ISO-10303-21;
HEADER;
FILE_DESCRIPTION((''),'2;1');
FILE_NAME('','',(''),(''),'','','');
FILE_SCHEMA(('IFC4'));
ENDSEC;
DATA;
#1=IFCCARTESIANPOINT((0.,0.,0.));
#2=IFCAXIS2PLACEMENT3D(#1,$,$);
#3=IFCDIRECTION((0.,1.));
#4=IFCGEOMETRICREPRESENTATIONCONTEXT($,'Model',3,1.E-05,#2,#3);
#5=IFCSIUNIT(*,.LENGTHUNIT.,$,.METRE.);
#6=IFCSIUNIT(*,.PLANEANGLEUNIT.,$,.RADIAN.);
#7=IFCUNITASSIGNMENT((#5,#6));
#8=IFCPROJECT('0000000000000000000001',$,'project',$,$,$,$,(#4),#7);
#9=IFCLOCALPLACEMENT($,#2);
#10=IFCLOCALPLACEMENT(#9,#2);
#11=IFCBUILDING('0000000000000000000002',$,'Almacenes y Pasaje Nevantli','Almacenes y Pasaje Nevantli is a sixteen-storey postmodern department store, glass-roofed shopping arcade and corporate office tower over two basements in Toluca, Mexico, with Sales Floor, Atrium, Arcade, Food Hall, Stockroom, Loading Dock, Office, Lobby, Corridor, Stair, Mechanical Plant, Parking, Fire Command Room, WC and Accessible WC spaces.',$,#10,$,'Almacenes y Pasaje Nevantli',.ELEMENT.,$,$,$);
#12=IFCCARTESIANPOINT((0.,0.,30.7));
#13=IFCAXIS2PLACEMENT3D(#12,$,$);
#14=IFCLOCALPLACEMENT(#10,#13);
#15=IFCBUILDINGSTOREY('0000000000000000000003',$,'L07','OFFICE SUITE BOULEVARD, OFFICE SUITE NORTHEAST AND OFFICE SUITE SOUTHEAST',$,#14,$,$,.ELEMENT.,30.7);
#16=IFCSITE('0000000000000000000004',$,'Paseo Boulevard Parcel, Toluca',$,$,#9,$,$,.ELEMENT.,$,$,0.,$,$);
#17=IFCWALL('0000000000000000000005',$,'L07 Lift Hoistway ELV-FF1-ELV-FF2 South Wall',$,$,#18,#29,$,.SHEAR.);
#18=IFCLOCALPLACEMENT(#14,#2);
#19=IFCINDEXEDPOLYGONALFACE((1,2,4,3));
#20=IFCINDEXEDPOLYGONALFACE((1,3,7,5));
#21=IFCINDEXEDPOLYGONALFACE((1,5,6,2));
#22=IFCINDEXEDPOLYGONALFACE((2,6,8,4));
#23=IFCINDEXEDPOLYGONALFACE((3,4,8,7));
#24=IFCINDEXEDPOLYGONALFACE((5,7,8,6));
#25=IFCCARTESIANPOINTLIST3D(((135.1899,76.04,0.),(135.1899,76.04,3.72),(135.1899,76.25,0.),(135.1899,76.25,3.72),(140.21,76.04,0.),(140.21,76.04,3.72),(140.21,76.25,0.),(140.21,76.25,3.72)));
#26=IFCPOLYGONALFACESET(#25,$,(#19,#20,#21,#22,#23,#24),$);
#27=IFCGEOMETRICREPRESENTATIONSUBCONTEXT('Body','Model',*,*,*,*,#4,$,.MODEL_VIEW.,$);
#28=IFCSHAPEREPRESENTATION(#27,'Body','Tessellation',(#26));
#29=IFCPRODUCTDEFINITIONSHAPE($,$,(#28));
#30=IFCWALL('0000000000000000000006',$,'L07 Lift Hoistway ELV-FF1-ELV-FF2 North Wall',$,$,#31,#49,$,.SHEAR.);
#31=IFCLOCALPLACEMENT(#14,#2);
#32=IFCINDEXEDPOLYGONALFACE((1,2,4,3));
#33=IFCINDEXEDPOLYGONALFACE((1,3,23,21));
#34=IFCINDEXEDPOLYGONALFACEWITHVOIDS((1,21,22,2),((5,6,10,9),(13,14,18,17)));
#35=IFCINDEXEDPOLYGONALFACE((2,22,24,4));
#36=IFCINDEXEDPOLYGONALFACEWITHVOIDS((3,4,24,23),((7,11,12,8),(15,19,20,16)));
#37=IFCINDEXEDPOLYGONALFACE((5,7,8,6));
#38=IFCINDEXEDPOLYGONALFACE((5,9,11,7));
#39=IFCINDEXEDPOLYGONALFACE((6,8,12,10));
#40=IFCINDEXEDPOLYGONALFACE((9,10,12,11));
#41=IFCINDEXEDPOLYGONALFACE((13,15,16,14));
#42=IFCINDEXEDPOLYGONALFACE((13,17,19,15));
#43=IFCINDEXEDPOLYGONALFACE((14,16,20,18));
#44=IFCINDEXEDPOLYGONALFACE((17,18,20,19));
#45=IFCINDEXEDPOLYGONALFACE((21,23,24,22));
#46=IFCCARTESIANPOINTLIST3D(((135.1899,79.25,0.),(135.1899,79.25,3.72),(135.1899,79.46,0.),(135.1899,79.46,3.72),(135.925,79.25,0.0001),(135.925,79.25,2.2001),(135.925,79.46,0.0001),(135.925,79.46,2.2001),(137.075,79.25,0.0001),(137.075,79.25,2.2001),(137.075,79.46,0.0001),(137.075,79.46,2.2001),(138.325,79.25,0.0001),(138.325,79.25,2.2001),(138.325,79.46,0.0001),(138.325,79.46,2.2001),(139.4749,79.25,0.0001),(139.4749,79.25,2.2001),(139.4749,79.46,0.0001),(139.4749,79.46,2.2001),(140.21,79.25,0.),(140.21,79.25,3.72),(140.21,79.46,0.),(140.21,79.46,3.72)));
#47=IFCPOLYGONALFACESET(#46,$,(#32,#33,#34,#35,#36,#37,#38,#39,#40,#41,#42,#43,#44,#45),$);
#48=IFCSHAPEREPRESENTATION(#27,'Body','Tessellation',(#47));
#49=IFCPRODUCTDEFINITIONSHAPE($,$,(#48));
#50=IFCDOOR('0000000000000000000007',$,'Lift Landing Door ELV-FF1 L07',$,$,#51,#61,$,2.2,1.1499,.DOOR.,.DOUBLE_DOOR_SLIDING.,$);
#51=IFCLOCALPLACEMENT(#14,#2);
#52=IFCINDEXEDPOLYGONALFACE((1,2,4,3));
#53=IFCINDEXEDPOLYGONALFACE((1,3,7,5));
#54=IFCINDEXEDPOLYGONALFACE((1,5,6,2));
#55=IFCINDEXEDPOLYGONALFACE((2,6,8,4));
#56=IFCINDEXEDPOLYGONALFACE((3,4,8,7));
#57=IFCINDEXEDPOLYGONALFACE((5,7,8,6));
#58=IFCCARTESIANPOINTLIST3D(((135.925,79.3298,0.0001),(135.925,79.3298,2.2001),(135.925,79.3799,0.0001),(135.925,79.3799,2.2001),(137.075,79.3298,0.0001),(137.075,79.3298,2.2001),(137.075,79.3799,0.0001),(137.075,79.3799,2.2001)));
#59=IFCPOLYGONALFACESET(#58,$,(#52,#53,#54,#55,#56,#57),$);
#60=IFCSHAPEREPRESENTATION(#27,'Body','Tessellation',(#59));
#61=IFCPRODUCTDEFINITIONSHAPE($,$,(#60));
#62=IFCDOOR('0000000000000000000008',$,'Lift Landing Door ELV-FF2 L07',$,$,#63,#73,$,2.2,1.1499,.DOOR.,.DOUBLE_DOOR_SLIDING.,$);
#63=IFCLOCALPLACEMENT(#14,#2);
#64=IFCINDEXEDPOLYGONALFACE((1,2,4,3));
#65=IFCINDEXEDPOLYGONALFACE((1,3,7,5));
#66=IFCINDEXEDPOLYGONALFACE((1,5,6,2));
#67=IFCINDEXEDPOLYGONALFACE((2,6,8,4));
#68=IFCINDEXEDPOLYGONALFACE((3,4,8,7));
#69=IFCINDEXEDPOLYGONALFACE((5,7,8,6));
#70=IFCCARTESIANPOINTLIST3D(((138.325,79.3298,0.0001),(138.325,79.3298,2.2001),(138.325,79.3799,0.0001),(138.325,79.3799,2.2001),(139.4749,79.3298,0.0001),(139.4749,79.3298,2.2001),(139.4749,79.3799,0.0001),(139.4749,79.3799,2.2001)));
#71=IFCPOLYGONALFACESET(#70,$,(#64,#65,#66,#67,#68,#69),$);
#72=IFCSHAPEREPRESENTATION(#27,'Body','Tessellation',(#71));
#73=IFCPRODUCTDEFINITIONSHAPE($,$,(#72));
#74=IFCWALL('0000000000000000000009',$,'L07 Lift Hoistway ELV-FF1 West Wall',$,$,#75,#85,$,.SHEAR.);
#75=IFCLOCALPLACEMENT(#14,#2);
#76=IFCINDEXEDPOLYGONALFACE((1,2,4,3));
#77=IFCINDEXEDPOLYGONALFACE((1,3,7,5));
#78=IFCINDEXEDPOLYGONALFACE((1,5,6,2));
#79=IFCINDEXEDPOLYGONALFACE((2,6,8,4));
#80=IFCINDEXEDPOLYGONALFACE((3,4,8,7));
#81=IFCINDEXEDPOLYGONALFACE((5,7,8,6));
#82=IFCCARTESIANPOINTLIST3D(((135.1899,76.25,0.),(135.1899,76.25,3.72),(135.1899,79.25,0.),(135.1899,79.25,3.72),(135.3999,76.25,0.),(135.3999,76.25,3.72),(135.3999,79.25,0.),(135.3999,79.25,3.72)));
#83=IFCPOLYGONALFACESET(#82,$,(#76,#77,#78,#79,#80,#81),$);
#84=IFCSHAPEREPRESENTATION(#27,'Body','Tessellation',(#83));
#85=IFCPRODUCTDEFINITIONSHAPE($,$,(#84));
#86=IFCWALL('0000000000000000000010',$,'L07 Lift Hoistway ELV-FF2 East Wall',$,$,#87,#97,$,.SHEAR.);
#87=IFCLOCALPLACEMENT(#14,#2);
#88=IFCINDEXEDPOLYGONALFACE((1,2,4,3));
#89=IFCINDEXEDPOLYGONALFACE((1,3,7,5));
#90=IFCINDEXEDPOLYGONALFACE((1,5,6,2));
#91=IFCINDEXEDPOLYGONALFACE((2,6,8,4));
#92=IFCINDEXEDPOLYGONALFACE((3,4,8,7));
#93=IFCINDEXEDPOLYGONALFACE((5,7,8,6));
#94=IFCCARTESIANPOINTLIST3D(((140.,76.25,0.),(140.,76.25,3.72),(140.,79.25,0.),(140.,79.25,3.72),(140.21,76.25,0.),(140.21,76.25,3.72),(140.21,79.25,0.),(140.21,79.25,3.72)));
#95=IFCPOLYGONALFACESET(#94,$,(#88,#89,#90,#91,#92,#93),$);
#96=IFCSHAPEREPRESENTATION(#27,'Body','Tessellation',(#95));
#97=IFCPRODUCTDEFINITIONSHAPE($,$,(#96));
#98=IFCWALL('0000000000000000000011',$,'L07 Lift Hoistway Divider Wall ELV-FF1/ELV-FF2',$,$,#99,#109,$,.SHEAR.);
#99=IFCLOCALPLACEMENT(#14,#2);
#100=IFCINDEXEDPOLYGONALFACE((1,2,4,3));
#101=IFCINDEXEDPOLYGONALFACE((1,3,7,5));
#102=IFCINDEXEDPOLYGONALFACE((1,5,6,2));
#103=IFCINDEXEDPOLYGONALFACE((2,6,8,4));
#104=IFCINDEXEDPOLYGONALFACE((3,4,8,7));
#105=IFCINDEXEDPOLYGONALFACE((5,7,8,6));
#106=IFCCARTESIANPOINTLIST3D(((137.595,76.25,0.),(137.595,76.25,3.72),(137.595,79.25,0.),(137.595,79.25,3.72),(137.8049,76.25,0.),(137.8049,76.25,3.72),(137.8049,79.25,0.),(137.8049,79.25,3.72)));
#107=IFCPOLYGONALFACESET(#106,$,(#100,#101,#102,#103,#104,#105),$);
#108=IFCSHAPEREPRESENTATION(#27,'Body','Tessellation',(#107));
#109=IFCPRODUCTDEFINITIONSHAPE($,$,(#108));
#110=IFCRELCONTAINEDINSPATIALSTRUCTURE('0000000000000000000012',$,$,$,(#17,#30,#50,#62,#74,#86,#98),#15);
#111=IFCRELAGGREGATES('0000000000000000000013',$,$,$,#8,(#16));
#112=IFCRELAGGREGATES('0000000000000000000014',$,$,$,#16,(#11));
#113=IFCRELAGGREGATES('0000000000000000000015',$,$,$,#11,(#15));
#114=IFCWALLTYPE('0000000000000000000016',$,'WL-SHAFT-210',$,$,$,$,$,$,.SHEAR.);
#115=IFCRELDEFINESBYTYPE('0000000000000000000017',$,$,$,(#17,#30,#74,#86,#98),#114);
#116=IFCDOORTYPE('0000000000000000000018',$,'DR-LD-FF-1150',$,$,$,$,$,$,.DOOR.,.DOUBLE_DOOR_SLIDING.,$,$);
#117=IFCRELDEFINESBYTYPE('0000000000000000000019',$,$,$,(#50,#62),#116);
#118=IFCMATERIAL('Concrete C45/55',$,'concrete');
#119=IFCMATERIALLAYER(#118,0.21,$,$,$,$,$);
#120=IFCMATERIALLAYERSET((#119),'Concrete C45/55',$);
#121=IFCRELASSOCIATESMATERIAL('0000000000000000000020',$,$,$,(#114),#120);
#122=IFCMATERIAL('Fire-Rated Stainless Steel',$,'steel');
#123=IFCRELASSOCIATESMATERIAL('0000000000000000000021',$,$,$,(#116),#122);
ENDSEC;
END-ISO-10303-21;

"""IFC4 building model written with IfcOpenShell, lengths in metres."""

from ifc_helpers import new_model, si_unit, direction, frame, frame_2d, origin, place, context, subcontext, project, spatial, rectangle, extrude, material, layer, layer_set, type_object, element, fill, save


model = new_model("IFC4")

# Units and contexts
model_context = context("Model", 3, precision=1e-05, world=origin(), true_north=direction((0.0, 1.0)))
body_context = subcontext(model_context, "Body", "Model", "MODEL_VIEW")
ifc_project = project(units=[si_unit("LENGTHUNIT", "METRE"), si_unit("PLANEANGLEUNIT", "RADIAN")], contexts=[model_context])

# Site, building, storey
site_placement = place(None, origin())
site = spatial("IfcSite", under=ifc_project, at=site_placement, Name="Paseo Boulevard Parcel, Toluca", CompositionType="ELEMENT", RefElevation=0.0)
building_placement = place(site_placement, origin())
building = spatial("IfcBuilding", under=site, at=building_placement, Name="Almacenes y Pasaje Nevantli", Description="Almacenes y Pasaje Nevantli is a sixteen-storey postmodern department store, glass-roofed shopping arcade and corporate office tower over two basements in Toluca, Mexico, with Sales Floor, Atrium, Arcade, Food Hall, Stockroom, Loading Dock, Office, Lobby, Corridor, Stair, Mechanical Plant, Parking, Fire Command Room, WC and Accessible WC spaces.", LongName="Almacenes y Pasaje Nevantli", CompositionType="ELEMENT")
storey_placement = place(building_placement, frame((0.0, 0.0, 30.7)))
storey = spatial("IfcBuildingStorey", under=building, at=storey_placement, Name="L07", Description="OFFICE SUITE BOULEVARD, OFFICE SUITE NORTHEAST AND OFFICE SUITE SOUTHEAST", CompositionType="ELEMENT", Elevation=30.7)

# Wall
ifc_material_1 = material(Name="Concrete C45/55", Category="concrete")
ifc_layer_1 = layer(ifc_material_1, 0.21)
ifc_layer_set_1 = layer_set([ifc_layer_1], Name="Concrete C45/55")
wall_type_1 = type_object("IfcWallType", Name="WL-SHAFT-210", PredefinedType="SHEAR", material=ifc_layer_set_1)
wall_1_placement = place(storey_placement, frame((135.1899, 76.145, 0.0), z_axis=(0.0, 0.0, 1.0), x_axis=(1.0, 0.0, 0.0)))
element("IfcWall", 1, at=wall_1_placement, inside=storey, type_object=wall_type_1, Name="L07 Lift Hoistway ELV-FF1-ELV-FF2 South Wall", PredefinedType="SHEAR", context=body_context, shape_type="SweptSolid", body=[
    extrude(rectangle(XDim=5.02, YDim=0.21, at=frame_2d((2.51, 0.0))), origin(), (0.0, 0.0, 1.0), 3.72),
])

# Wall, openings, doors
wall_2_placement = place(storey_placement, frame((135.1899, 79.355, 0.0), z_axis=(0.0, 0.0, 1.0), x_axis=(1.0, 0.0, 0.0)))
wall_2 = element("IfcWall", 2, at=wall_2_placement, inside=storey, type_object=wall_type_1, Name="L07 Lift Hoistway ELV-FF1-ELV-FF2 North Wall", PredefinedType="SHEAR", context=body_context, shape_type="SweptSolid", body=[
    extrude(rectangle(XDim=5.02, YDim=0.21, at=frame_2d((2.51, 0.0))), origin(), (0.0, 0.0, 1.0), 3.72),
])
opening_1_placement = place(wall_2_placement, frame((0.7351, 0.0, 0.0)))
opening_1 = element("IfcOpeningElement", 3, at=opening_1_placement, cuts=wall_2, PredefinedType="OPENING", context=body_context, shape_type="SweptSolid", body=[
    extrude(rectangle(XDim=1.1499, YDim=2.2, at=frame_2d((0.575, 1.1001))), frame((0.0, 0.115, 0.0), z_axis=(0.0, -1.0, 0.0), x_axis=(1.0, 0.0, 0.0)), (0.0, 0.0, 1.0), 0.23),
])
opening_2_placement = place(wall_2_placement, frame((3.135, 0.0, 0.0)))
opening_2 = element("IfcOpeningElement", 4, at=opening_2_placement, cuts=wall_2, PredefinedType="OPENING", context=body_context, shape_type="SweptSolid", body=[
    extrude(rectangle(XDim=1.1499, YDim=2.2, at=frame_2d((0.575, 1.1001))), frame((0.0, 0.115, 0.0), z_axis=(0.0, -1.0, 0.0), x_axis=(1.0, 0.0, 0.0)), (0.0, 0.0, 1.0), 0.23),
])
ifc_material_2 = material(Name="Fire-Rated Stainless Steel", Category="steel")
door_type_1 = type_object("IfcDoorType", Name="DR-LD-FF-1150", OperationType="DOUBLE_DOOR_SLIDING", PredefinedType="DOOR", material=ifc_material_2)
door_1_placement = place(opening_1_placement, origin())
door_1 = element("IfcDoor", 5, at=door_1_placement, inside=storey, type_object=door_type_1, Name="Lift Landing Door ELV-FF1 L07", OperationType="DOUBLE_DOOR_SLIDING", OverallHeight=2.2, OverallWidth=1.1499, PredefinedType="DOOR", context=body_context, shape_type="SweptSolid", body=[
    extrude(rectangle(XDim=1.1499, YDim=2.2, at=frame_2d((0.575, 1.1001))), frame((0.0, 0.0249, 0.0), z_axis=(0.0, -1.0, 0.0), x_axis=(1.0, 0.0, 0.0)), (0.0, 0.0, 1.0), 0.05),
])
fill(opening_1, door_1)
door_2_placement = place(opening_2_placement, origin())
door_2 = element("IfcDoor", 6, at=door_2_placement, inside=storey, type_object=door_type_1, Name="Lift Landing Door ELV-FF2 L07", OperationType="DOUBLE_DOOR_SLIDING", OverallHeight=2.2, OverallWidth=1.1499, PredefinedType="DOOR", context=body_context, shape_type="SweptSolid", body=[
    extrude(rectangle(XDim=1.1499, YDim=2.2, at=frame_2d((0.575, 1.1001))), frame((0.0, 0.0249, 0.0), z_axis=(0.0, -1.0, 0.0), x_axis=(1.0, 0.0, 0.0)), (0.0, 0.0, 1.0), 0.05),
])
fill(opening_2, door_2)

# Walls
for number, where, z_axis, x_axis, name in (
    (7, (135.2949, 76.25, 0.0), (0.0, 0.0, 1.0), (0.0, 1.0, 0.0), "L07 Lift Hoistway ELV-FF1 West Wall"),
    (8, (140.105, 76.25, 0.0), (0.0, 0.0, 1.0), (0.0, 1.0, 0.0), "L07 Lift Hoistway ELV-FF2 East Wall"),
    (9, (137.7, 76.25, 0.0), (0.0, 0.0, 1.0), (0.0, 1.0, 0.0), "L07 Lift Hoistway Divider Wall ELV-FF1/ELV-FF2"),
):
    element("IfcWall", number, at=place(storey_placement, frame(where, z_axis=z_axis, x_axis=x_axis)), inside=storey, type_object=wall_type_1, Name=name, PredefinedType="SHEAR", context=body_context, shape_type="SweptSolid", body=[
        extrude(rectangle(XDim=3.0, YDim=0.21, at=frame_2d((1.5, 0.0))), origin(), (0.0, 0.0, 1.0), 3.72),
    ])

save(model, "model.ifc")
